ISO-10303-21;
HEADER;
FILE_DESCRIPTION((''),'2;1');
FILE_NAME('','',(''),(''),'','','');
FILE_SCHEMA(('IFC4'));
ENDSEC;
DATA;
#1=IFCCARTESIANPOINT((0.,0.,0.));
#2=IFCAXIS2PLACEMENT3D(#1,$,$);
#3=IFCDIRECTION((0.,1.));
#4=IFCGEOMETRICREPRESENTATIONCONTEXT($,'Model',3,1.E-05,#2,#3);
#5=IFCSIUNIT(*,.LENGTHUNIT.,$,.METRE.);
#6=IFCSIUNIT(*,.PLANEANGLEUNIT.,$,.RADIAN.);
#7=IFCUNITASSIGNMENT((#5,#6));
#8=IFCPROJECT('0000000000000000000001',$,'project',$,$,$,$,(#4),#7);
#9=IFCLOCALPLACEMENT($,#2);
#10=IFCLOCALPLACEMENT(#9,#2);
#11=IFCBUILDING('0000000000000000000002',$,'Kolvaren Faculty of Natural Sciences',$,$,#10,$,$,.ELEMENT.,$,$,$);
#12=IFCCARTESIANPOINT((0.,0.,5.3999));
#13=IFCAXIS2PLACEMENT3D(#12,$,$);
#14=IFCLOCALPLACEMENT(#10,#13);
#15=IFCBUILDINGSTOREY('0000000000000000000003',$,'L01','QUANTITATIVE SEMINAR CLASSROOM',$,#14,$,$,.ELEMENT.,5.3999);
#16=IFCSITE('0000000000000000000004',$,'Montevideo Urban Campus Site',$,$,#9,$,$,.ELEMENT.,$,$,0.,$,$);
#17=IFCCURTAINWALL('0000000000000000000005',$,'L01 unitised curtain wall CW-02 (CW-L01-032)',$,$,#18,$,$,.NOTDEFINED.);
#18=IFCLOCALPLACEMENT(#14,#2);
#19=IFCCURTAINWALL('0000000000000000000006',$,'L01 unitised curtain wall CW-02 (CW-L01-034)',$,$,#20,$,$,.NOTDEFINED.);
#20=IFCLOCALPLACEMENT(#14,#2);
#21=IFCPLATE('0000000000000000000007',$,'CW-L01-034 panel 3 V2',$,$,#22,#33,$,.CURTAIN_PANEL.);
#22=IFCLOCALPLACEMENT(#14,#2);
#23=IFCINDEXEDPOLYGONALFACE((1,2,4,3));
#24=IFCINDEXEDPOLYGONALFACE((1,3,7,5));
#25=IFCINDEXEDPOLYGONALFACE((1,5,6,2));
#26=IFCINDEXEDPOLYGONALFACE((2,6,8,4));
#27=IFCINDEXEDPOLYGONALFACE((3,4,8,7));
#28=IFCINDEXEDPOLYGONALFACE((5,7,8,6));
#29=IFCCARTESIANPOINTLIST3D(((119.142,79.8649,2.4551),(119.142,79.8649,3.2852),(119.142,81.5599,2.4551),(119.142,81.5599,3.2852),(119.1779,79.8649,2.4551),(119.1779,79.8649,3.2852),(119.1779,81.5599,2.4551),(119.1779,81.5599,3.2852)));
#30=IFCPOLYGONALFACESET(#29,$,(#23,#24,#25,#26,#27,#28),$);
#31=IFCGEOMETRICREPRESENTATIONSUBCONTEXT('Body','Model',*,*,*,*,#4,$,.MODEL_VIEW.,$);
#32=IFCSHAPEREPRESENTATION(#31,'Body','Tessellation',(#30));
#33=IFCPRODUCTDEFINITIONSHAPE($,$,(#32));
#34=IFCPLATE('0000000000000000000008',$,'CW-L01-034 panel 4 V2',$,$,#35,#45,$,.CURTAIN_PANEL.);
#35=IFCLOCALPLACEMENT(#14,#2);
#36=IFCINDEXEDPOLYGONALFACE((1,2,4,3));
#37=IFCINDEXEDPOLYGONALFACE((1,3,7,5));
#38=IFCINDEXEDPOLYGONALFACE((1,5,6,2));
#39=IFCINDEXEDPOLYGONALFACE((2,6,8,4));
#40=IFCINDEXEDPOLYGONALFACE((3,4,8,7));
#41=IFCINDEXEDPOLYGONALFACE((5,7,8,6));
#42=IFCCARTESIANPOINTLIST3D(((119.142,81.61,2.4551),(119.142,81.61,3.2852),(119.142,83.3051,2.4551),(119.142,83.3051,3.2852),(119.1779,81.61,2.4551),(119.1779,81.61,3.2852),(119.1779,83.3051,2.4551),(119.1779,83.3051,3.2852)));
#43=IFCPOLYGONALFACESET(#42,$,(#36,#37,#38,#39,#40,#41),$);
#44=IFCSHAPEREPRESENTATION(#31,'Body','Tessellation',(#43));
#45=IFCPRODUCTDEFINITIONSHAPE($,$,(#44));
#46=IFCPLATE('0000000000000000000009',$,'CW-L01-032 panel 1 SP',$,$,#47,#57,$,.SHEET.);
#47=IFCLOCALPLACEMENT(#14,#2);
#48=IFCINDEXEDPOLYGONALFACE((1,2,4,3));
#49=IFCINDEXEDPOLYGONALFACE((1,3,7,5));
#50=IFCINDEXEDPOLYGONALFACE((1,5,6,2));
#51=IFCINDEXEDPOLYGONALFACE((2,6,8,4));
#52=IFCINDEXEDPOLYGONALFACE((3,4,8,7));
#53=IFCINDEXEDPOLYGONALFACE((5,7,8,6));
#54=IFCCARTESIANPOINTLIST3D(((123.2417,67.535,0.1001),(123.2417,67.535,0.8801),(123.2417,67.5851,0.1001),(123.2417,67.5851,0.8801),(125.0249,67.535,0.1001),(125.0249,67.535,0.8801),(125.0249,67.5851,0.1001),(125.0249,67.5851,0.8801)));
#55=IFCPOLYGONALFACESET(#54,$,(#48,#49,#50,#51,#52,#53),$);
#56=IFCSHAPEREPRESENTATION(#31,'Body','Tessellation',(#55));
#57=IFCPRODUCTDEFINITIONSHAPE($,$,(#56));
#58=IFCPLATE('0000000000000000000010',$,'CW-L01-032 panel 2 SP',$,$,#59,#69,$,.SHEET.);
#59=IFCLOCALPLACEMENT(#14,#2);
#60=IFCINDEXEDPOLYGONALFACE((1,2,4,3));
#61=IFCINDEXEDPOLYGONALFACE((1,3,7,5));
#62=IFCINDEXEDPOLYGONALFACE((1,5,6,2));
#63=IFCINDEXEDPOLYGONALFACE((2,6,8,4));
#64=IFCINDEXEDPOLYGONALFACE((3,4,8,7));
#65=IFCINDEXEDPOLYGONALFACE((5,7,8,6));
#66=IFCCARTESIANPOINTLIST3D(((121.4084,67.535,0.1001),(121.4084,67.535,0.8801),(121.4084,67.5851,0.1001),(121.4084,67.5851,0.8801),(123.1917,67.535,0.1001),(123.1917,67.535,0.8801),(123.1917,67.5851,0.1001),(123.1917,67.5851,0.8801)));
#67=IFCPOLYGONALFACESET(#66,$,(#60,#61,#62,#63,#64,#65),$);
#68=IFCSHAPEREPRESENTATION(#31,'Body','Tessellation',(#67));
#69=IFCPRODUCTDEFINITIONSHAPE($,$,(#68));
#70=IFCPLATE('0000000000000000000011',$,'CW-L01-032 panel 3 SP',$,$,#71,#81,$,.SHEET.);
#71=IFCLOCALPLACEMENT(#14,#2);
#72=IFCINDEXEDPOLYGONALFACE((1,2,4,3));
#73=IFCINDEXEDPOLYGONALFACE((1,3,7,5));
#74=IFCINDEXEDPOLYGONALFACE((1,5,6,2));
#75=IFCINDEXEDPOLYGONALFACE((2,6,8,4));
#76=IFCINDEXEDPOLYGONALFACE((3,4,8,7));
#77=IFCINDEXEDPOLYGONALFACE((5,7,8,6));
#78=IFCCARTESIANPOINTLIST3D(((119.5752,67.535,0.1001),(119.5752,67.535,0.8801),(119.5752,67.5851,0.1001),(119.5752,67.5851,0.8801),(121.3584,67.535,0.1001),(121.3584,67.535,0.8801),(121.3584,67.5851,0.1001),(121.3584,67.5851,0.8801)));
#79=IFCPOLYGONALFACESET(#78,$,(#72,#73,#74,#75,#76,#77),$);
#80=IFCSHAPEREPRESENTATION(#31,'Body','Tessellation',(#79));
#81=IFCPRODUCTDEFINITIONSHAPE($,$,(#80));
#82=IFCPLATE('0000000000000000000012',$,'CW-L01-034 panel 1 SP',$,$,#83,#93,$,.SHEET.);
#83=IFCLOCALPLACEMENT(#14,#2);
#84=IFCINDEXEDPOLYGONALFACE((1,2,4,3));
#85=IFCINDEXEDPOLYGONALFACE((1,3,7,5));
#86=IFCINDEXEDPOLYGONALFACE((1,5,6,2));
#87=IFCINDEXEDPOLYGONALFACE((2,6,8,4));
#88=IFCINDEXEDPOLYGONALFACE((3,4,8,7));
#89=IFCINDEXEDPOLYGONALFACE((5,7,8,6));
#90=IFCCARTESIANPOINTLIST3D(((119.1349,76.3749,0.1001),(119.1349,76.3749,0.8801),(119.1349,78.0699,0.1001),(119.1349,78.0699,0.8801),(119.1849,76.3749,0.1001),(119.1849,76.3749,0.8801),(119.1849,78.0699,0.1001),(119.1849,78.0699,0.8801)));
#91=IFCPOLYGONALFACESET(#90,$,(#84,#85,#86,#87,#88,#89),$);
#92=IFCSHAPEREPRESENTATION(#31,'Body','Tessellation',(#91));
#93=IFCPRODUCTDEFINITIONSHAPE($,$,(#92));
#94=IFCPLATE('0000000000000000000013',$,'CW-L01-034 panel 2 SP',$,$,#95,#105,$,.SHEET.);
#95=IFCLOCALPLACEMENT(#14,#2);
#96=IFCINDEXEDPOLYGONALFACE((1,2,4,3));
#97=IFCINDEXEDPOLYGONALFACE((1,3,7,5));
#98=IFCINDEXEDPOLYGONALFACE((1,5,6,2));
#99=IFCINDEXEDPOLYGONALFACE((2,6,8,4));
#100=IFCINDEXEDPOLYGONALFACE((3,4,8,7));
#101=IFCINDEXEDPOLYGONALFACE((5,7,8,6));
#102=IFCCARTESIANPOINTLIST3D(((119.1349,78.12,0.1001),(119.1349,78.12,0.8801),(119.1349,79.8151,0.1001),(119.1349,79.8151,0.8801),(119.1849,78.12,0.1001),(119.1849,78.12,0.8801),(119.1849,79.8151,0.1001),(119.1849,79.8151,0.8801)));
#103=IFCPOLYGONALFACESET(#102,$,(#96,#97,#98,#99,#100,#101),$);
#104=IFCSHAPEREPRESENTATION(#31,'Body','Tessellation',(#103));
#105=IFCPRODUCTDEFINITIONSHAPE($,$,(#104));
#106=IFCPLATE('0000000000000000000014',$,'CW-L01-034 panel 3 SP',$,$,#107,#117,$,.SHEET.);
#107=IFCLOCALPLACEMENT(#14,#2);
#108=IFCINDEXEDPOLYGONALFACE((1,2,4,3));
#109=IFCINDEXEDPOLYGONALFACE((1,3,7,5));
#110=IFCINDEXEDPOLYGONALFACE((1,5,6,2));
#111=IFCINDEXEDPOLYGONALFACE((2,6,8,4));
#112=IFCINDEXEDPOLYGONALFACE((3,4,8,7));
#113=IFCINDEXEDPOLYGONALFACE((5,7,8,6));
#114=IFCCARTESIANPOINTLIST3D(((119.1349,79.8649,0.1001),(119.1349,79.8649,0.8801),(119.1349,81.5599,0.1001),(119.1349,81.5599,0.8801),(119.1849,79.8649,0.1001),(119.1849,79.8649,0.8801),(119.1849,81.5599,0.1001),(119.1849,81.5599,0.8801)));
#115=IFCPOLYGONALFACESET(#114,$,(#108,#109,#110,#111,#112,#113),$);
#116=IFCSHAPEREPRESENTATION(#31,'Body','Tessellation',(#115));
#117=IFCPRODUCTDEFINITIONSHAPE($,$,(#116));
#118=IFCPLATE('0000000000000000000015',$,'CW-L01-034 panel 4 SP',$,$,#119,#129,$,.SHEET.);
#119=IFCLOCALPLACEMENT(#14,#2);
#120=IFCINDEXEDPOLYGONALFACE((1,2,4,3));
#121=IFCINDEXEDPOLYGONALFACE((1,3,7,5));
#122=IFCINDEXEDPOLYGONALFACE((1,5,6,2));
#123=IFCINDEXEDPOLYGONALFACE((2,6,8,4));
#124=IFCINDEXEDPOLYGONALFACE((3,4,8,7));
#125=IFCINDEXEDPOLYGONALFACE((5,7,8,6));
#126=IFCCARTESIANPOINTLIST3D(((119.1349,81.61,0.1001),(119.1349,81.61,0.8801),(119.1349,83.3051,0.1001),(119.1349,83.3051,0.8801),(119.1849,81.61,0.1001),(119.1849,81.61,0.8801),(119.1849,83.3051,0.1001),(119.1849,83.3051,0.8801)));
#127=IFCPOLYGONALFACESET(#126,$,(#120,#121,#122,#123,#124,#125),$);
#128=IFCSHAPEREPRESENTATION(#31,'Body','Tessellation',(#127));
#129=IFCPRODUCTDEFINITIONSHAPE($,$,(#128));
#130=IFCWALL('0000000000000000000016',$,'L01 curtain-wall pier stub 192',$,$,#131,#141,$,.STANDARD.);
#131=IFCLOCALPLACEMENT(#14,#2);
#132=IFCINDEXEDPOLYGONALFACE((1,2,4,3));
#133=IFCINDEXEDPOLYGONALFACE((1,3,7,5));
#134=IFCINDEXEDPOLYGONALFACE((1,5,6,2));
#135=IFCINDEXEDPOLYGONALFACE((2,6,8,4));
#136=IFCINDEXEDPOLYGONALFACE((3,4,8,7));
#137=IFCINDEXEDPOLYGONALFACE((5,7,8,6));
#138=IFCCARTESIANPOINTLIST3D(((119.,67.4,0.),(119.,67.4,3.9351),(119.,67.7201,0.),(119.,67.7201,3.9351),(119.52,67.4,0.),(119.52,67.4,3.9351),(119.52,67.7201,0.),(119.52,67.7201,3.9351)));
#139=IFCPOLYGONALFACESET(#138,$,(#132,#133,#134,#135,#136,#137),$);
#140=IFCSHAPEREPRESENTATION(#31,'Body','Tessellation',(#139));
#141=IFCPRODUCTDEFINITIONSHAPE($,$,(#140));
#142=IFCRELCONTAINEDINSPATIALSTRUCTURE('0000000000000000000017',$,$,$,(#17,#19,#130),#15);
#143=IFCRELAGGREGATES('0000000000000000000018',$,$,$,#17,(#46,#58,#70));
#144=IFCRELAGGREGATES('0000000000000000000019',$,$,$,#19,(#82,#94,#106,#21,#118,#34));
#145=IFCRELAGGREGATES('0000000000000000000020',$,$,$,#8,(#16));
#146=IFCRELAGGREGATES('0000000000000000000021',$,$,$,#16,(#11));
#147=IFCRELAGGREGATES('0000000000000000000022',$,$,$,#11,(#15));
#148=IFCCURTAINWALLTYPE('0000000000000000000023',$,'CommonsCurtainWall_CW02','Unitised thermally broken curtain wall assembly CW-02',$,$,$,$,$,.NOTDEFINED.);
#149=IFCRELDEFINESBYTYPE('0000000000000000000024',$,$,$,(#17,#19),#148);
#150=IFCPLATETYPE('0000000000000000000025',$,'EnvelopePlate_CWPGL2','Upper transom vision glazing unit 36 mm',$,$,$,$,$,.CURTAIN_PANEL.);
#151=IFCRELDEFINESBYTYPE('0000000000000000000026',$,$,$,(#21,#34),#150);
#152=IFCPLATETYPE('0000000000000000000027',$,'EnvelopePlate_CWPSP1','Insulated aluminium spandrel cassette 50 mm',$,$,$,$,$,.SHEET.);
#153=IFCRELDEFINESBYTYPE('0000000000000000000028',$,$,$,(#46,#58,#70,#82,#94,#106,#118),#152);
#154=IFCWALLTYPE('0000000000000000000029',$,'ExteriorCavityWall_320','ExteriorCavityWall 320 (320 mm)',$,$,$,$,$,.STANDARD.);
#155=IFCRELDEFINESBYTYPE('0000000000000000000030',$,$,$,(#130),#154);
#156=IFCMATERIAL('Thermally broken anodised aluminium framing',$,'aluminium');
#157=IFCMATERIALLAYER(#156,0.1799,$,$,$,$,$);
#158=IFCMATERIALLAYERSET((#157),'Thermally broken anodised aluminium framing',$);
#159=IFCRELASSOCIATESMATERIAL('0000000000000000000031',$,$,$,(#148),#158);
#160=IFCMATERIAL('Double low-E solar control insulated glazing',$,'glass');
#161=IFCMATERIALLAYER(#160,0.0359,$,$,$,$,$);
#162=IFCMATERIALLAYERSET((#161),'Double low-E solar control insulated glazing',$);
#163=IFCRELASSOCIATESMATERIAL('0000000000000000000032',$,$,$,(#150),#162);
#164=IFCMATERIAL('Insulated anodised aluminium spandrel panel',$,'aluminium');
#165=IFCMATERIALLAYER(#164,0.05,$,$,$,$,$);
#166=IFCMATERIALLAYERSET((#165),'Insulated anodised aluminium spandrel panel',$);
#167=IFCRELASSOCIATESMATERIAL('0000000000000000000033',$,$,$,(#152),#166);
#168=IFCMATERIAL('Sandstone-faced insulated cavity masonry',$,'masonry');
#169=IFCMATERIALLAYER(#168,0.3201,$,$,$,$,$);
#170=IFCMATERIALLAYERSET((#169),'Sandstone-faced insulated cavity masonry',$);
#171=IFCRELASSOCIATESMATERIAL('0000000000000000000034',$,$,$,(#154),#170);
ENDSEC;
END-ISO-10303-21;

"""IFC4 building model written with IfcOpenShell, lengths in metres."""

from ifc_helpers import new_model, si_unit, direction, frame, frame_2d, origin, origin_2d, place, context, subcontext, project, spatial, rectangle, extrude, material, layer, layer_set, type_object, element, aggregate, save


model = new_model("IFC4")

# Units and contexts
model_context = context("Model", 3, precision=1e-05, world=origin(), true_north=direction((0.0, 1.0)))
body_context = subcontext(model_context, "Body", "Model", "MODEL_VIEW")
ifc_project = project(units=[si_unit("LENGTHUNIT", "METRE"), si_unit("PLANEANGLEUNIT", "RADIAN")], contexts=[model_context])

# Site, building, storey
site_placement = place(None, origin())
site = spatial("IfcSite", under=ifc_project, at=site_placement, Name="Montevideo Urban Campus Site", CompositionType="ELEMENT", RefElevation=0.0)
building_placement = place(site_placement, origin())
building = spatial("IfcBuilding", under=site, at=building_placement, Name="Kolvaren Faculty of Natural Sciences", CompositionType="ELEMENT")
storey_placement = place(building_placement, frame((0.0, 0.0, 5.3999)))
storey = spatial("IfcBuildingStorey", under=building, at=storey_placement, Name="L01", Description="QUANTITATIVE SEMINAR CLASSROOM", CompositionType="ELEMENT", Elevation=5.3999)

# Curtain walls
ifc_material_1 = material(Name="Thermally broken anodised aluminium framing", Category="aluminium")
ifc_layer_1 = layer(ifc_material_1, 0.1799)
ifc_layer_set_1 = layer_set([ifc_layer_1], Name="Thermally broken anodised aluminium framing")
curtain_wall_type = type_object("IfcCurtainWallType", Name="CommonsCurtainWall_CW02", Description="Unitised thermally broken curtain wall assembly CW-02", PredefinedType="NOTDEFINED", material=ifc_layer_set_1)
curtain_wall_1_placement = place(storey_placement, origin())
curtain_wall_1 = element("IfcCurtainWall", 1, at=curtain_wall_1_placement, inside=storey, type_object=curtain_wall_type, Name="L01 unitised curtain wall CW-02 (CW-L01-032)", PredefinedType="NOTDEFINED")
curtain_wall_2_placement = place(storey_placement, origin())
curtain_wall_2 = element("IfcCurtainWall", 2, at=curtain_wall_2_placement, inside=storey, type_object=curtain_wall_type, Name="L01 unitised curtain wall CW-02 (CW-L01-034)", PredefinedType="NOTDEFINED")

# Plates
ifc_material_2 = material(Name="Double low-E solar control insulated glazing", Category="glass")
ifc_layer_2 = layer(ifc_material_2, 0.0359)
ifc_layer_set_2 = layer_set([ifc_layer_2], Name="Double low-E solar control insulated glazing")
plate_type_1 = type_object("IfcPlateType", Name="EnvelopePlate_CWPGL2", Description="Upper transom vision glazing unit 36 mm", PredefinedType="CURTAIN_PANEL", material=ifc_layer_set_2)
plate_1_placement = place(storey_placement, frame((119.1599, 80.7124, 2.4551), z_axis=(0.0, 0.0, 1.0), x_axis=(0.0, 1.0, 0.0)))
plate_1 = element("IfcPlate", 3, at=plate_1_placement, type_object=plate_type_1, Name="CW-L01-034 panel 3 V2", PredefinedType="CURTAIN_PANEL", context=body_context, shape_type="SweptSolid", body=[
    extrude(rectangle(XDim=1.6951, YDim=0.0359, at=origin_2d()), origin(), (0.0, 0.0, 1.0), 0.8301),
])
plate_2_placement = place(storey_placement, frame((119.1599, 82.4575, 2.4551), z_axis=(0.0, 0.0, 1.0), x_axis=(0.0, 1.0, 0.0)))
plate_2 = element("IfcPlate", 4, at=plate_2_placement, type_object=plate_type_1, Name="CW-L01-034 panel 4 V2", PredefinedType="CURTAIN_PANEL", context=body_context, shape_type="SweptSolid", body=[
    extrude(rectangle(XDim=1.6951, YDim=0.0359, at=origin_2d()), origin(), (0.0, 0.0, 1.0), 0.8301),
])
ifc_material_3 = material(Name="Insulated anodised aluminium spandrel panel", Category="aluminium")
ifc_layer_3 = layer(ifc_material_3, 0.05)
ifc_layer_set_3 = layer_set([ifc_layer_3], Name="Insulated anodised aluminium spandrel panel")
plate_type_2 = type_object("IfcPlateType", Name="EnvelopePlate_CWPSP1", Description="Insulated aluminium spandrel cassette 50 mm", PredefinedType="SHEET", material=ifc_layer_set_3)
plate_3_placement = place(storey_placement, frame((124.1333, 67.5601, 0.1001), z_axis=(0.0, 0.0, 1.0), x_axis=(-1.0, 0.0, 0.0)))
plate_3 = element("IfcPlate", 5, at=plate_3_placement, type_object=plate_type_2, Name="CW-L01-032 panel 1 SP", PredefinedType="SHEET", context=body_context, shape_type="SweptSolid", body=[
    extrude(rectangle(XDim=1.7832, YDim=0.05, at=origin_2d()), origin(), (0.0, 0.0, 1.0), 0.78),
])
plate_4_placement = place(storey_placement, frame((122.3, 67.5601, 0.1001), z_axis=(0.0, 0.0, 1.0), x_axis=(-1.0, 0.0, 0.0)))
plate_4 = element("IfcPlate", 6, at=plate_4_placement, type_object=plate_type_2, Name="CW-L01-032 panel 2 SP", PredefinedType="SHEET", context=body_context, shape_type="SweptSolid", body=[
    extrude(rectangle(XDim=1.7832, YDim=0.05, at=origin_2d()), origin(), (0.0, 0.0, 1.0), 0.78),
])
plate_5_placement = place(storey_placement, frame((120.4668, 67.5601, 0.1001), z_axis=(0.0, 0.0, 1.0), x_axis=(-1.0, 0.0, 0.0)))
plate_5 = element("IfcPlate", 7, at=plate_5_placement, type_object=plate_type_2, Name="CW-L01-032 panel 3 SP", PredefinedType="SHEET", context=body_context, shape_type="SweptSolid", body=[
    extrude(rectangle(XDim=1.7832, YDim=0.05, at=origin_2d()), origin(), (0.0, 0.0, 1.0), 0.78),
])
aggregate(curtain_wall_1, [plate_3, plate_4, plate_5])
plate_6_placement = place(storey_placement, frame((119.1599, 77.2224, 0.1001), z_axis=(0.0, 0.0, 1.0), x_axis=(0.0, 1.0, 0.0)))
plate_6 = element("IfcPlate", 8, at=plate_6_placement, type_object=plate_type_2, Name="CW-L01-034 panel 1 SP", PredefinedType="SHEET", context=body_context, shape_type="SweptSolid", body=[
    extrude(rectangle(XDim=1.6951, YDim=0.05, at=origin_2d()), origin(), (0.0, 0.0, 1.0), 0.78),
])
plate_7_placement = place(storey_placement, frame((119.1599, 78.9675, 0.1001), z_axis=(0.0, 0.0, 1.0), x_axis=(0.0, 1.0, 0.0)))
plate_7 = element("IfcPlate", 9, at=plate_7_placement, type_object=plate_type_2, Name="CW-L01-034 panel 2 SP", PredefinedType="SHEET", context=body_context, shape_type="SweptSolid", body=[
    extrude(rectangle(XDim=1.6951, YDim=0.05, at=origin_2d()), origin(), (0.0, 0.0, 1.0), 0.78),
])
plate_8_placement = place(storey_placement, frame((119.1599, 80.7124, 0.1001), z_axis=(0.0, 0.0, 1.0), x_axis=(0.0, 1.0, 0.0)))
plate_8 = element("IfcPlate", 10, at=plate_8_placement, type_object=plate_type_2, Name="CW-L01-034 panel 3 SP", PredefinedType="SHEET", context=body_context, shape_type="SweptSolid", body=[
    extrude(rectangle(XDim=1.6951, YDim=0.05, at=origin_2d()), origin(), (0.0, 0.0, 1.0), 0.78),
])
plate_9_placement = place(storey_placement, frame((119.1599, 82.4575, 0.1001), z_axis=(0.0, 0.0, 1.0), x_axis=(0.0, 1.0, 0.0)))
plate_9 = element("IfcPlate", 11, at=plate_9_placement, type_object=plate_type_2, Name="CW-L01-034 panel 4 SP", PredefinedType="SHEET", context=body_context, shape_type="SweptSolid", body=[
    extrude(rectangle(XDim=1.6951, YDim=0.05, at=origin_2d()), origin(), (0.0, 0.0, 1.0), 0.78),
])
aggregate(curtain_wall_2, [plate_6, plate_7, plate_8, plate_1, plate_9, plate_2])

# Wall
ifc_material_4 = material(Name="Sandstone-faced insulated cavity masonry", Category="masonry")
ifc_layer_4 = layer(ifc_material_4, 0.3201)
ifc_layer_set_4 = layer_set([ifc_layer_4], Name="Sandstone-faced insulated cavity masonry")
wall_type = type_object("IfcWallType", Name="ExteriorCavityWall_320", Description="ExteriorCavityWall 320 (320 mm)", PredefinedType="STANDARD", material=ifc_layer_set_4)
wall_placement = place(storey_placement, frame((119.52, 67.5601, 0.0), z_axis=(0.0, 0.0, 1.0), x_axis=(-1.0, 0.0, 0.0)))
element("IfcWall", 12, at=wall_placement, inside=storey, type_object=wall_type, Name="L01 curtain-wall pier stub 192", PredefinedType="STANDARD", context=body_context, shape_type="SweptSolid", body=[
    extrude(rectangle(XDim=0.52, YDim=0.3201, at=frame_2d((0.26, 0.0))), origin(), (0.0, 0.0, 1.0), 3.9351),
])

save(model, "model.ifc")
